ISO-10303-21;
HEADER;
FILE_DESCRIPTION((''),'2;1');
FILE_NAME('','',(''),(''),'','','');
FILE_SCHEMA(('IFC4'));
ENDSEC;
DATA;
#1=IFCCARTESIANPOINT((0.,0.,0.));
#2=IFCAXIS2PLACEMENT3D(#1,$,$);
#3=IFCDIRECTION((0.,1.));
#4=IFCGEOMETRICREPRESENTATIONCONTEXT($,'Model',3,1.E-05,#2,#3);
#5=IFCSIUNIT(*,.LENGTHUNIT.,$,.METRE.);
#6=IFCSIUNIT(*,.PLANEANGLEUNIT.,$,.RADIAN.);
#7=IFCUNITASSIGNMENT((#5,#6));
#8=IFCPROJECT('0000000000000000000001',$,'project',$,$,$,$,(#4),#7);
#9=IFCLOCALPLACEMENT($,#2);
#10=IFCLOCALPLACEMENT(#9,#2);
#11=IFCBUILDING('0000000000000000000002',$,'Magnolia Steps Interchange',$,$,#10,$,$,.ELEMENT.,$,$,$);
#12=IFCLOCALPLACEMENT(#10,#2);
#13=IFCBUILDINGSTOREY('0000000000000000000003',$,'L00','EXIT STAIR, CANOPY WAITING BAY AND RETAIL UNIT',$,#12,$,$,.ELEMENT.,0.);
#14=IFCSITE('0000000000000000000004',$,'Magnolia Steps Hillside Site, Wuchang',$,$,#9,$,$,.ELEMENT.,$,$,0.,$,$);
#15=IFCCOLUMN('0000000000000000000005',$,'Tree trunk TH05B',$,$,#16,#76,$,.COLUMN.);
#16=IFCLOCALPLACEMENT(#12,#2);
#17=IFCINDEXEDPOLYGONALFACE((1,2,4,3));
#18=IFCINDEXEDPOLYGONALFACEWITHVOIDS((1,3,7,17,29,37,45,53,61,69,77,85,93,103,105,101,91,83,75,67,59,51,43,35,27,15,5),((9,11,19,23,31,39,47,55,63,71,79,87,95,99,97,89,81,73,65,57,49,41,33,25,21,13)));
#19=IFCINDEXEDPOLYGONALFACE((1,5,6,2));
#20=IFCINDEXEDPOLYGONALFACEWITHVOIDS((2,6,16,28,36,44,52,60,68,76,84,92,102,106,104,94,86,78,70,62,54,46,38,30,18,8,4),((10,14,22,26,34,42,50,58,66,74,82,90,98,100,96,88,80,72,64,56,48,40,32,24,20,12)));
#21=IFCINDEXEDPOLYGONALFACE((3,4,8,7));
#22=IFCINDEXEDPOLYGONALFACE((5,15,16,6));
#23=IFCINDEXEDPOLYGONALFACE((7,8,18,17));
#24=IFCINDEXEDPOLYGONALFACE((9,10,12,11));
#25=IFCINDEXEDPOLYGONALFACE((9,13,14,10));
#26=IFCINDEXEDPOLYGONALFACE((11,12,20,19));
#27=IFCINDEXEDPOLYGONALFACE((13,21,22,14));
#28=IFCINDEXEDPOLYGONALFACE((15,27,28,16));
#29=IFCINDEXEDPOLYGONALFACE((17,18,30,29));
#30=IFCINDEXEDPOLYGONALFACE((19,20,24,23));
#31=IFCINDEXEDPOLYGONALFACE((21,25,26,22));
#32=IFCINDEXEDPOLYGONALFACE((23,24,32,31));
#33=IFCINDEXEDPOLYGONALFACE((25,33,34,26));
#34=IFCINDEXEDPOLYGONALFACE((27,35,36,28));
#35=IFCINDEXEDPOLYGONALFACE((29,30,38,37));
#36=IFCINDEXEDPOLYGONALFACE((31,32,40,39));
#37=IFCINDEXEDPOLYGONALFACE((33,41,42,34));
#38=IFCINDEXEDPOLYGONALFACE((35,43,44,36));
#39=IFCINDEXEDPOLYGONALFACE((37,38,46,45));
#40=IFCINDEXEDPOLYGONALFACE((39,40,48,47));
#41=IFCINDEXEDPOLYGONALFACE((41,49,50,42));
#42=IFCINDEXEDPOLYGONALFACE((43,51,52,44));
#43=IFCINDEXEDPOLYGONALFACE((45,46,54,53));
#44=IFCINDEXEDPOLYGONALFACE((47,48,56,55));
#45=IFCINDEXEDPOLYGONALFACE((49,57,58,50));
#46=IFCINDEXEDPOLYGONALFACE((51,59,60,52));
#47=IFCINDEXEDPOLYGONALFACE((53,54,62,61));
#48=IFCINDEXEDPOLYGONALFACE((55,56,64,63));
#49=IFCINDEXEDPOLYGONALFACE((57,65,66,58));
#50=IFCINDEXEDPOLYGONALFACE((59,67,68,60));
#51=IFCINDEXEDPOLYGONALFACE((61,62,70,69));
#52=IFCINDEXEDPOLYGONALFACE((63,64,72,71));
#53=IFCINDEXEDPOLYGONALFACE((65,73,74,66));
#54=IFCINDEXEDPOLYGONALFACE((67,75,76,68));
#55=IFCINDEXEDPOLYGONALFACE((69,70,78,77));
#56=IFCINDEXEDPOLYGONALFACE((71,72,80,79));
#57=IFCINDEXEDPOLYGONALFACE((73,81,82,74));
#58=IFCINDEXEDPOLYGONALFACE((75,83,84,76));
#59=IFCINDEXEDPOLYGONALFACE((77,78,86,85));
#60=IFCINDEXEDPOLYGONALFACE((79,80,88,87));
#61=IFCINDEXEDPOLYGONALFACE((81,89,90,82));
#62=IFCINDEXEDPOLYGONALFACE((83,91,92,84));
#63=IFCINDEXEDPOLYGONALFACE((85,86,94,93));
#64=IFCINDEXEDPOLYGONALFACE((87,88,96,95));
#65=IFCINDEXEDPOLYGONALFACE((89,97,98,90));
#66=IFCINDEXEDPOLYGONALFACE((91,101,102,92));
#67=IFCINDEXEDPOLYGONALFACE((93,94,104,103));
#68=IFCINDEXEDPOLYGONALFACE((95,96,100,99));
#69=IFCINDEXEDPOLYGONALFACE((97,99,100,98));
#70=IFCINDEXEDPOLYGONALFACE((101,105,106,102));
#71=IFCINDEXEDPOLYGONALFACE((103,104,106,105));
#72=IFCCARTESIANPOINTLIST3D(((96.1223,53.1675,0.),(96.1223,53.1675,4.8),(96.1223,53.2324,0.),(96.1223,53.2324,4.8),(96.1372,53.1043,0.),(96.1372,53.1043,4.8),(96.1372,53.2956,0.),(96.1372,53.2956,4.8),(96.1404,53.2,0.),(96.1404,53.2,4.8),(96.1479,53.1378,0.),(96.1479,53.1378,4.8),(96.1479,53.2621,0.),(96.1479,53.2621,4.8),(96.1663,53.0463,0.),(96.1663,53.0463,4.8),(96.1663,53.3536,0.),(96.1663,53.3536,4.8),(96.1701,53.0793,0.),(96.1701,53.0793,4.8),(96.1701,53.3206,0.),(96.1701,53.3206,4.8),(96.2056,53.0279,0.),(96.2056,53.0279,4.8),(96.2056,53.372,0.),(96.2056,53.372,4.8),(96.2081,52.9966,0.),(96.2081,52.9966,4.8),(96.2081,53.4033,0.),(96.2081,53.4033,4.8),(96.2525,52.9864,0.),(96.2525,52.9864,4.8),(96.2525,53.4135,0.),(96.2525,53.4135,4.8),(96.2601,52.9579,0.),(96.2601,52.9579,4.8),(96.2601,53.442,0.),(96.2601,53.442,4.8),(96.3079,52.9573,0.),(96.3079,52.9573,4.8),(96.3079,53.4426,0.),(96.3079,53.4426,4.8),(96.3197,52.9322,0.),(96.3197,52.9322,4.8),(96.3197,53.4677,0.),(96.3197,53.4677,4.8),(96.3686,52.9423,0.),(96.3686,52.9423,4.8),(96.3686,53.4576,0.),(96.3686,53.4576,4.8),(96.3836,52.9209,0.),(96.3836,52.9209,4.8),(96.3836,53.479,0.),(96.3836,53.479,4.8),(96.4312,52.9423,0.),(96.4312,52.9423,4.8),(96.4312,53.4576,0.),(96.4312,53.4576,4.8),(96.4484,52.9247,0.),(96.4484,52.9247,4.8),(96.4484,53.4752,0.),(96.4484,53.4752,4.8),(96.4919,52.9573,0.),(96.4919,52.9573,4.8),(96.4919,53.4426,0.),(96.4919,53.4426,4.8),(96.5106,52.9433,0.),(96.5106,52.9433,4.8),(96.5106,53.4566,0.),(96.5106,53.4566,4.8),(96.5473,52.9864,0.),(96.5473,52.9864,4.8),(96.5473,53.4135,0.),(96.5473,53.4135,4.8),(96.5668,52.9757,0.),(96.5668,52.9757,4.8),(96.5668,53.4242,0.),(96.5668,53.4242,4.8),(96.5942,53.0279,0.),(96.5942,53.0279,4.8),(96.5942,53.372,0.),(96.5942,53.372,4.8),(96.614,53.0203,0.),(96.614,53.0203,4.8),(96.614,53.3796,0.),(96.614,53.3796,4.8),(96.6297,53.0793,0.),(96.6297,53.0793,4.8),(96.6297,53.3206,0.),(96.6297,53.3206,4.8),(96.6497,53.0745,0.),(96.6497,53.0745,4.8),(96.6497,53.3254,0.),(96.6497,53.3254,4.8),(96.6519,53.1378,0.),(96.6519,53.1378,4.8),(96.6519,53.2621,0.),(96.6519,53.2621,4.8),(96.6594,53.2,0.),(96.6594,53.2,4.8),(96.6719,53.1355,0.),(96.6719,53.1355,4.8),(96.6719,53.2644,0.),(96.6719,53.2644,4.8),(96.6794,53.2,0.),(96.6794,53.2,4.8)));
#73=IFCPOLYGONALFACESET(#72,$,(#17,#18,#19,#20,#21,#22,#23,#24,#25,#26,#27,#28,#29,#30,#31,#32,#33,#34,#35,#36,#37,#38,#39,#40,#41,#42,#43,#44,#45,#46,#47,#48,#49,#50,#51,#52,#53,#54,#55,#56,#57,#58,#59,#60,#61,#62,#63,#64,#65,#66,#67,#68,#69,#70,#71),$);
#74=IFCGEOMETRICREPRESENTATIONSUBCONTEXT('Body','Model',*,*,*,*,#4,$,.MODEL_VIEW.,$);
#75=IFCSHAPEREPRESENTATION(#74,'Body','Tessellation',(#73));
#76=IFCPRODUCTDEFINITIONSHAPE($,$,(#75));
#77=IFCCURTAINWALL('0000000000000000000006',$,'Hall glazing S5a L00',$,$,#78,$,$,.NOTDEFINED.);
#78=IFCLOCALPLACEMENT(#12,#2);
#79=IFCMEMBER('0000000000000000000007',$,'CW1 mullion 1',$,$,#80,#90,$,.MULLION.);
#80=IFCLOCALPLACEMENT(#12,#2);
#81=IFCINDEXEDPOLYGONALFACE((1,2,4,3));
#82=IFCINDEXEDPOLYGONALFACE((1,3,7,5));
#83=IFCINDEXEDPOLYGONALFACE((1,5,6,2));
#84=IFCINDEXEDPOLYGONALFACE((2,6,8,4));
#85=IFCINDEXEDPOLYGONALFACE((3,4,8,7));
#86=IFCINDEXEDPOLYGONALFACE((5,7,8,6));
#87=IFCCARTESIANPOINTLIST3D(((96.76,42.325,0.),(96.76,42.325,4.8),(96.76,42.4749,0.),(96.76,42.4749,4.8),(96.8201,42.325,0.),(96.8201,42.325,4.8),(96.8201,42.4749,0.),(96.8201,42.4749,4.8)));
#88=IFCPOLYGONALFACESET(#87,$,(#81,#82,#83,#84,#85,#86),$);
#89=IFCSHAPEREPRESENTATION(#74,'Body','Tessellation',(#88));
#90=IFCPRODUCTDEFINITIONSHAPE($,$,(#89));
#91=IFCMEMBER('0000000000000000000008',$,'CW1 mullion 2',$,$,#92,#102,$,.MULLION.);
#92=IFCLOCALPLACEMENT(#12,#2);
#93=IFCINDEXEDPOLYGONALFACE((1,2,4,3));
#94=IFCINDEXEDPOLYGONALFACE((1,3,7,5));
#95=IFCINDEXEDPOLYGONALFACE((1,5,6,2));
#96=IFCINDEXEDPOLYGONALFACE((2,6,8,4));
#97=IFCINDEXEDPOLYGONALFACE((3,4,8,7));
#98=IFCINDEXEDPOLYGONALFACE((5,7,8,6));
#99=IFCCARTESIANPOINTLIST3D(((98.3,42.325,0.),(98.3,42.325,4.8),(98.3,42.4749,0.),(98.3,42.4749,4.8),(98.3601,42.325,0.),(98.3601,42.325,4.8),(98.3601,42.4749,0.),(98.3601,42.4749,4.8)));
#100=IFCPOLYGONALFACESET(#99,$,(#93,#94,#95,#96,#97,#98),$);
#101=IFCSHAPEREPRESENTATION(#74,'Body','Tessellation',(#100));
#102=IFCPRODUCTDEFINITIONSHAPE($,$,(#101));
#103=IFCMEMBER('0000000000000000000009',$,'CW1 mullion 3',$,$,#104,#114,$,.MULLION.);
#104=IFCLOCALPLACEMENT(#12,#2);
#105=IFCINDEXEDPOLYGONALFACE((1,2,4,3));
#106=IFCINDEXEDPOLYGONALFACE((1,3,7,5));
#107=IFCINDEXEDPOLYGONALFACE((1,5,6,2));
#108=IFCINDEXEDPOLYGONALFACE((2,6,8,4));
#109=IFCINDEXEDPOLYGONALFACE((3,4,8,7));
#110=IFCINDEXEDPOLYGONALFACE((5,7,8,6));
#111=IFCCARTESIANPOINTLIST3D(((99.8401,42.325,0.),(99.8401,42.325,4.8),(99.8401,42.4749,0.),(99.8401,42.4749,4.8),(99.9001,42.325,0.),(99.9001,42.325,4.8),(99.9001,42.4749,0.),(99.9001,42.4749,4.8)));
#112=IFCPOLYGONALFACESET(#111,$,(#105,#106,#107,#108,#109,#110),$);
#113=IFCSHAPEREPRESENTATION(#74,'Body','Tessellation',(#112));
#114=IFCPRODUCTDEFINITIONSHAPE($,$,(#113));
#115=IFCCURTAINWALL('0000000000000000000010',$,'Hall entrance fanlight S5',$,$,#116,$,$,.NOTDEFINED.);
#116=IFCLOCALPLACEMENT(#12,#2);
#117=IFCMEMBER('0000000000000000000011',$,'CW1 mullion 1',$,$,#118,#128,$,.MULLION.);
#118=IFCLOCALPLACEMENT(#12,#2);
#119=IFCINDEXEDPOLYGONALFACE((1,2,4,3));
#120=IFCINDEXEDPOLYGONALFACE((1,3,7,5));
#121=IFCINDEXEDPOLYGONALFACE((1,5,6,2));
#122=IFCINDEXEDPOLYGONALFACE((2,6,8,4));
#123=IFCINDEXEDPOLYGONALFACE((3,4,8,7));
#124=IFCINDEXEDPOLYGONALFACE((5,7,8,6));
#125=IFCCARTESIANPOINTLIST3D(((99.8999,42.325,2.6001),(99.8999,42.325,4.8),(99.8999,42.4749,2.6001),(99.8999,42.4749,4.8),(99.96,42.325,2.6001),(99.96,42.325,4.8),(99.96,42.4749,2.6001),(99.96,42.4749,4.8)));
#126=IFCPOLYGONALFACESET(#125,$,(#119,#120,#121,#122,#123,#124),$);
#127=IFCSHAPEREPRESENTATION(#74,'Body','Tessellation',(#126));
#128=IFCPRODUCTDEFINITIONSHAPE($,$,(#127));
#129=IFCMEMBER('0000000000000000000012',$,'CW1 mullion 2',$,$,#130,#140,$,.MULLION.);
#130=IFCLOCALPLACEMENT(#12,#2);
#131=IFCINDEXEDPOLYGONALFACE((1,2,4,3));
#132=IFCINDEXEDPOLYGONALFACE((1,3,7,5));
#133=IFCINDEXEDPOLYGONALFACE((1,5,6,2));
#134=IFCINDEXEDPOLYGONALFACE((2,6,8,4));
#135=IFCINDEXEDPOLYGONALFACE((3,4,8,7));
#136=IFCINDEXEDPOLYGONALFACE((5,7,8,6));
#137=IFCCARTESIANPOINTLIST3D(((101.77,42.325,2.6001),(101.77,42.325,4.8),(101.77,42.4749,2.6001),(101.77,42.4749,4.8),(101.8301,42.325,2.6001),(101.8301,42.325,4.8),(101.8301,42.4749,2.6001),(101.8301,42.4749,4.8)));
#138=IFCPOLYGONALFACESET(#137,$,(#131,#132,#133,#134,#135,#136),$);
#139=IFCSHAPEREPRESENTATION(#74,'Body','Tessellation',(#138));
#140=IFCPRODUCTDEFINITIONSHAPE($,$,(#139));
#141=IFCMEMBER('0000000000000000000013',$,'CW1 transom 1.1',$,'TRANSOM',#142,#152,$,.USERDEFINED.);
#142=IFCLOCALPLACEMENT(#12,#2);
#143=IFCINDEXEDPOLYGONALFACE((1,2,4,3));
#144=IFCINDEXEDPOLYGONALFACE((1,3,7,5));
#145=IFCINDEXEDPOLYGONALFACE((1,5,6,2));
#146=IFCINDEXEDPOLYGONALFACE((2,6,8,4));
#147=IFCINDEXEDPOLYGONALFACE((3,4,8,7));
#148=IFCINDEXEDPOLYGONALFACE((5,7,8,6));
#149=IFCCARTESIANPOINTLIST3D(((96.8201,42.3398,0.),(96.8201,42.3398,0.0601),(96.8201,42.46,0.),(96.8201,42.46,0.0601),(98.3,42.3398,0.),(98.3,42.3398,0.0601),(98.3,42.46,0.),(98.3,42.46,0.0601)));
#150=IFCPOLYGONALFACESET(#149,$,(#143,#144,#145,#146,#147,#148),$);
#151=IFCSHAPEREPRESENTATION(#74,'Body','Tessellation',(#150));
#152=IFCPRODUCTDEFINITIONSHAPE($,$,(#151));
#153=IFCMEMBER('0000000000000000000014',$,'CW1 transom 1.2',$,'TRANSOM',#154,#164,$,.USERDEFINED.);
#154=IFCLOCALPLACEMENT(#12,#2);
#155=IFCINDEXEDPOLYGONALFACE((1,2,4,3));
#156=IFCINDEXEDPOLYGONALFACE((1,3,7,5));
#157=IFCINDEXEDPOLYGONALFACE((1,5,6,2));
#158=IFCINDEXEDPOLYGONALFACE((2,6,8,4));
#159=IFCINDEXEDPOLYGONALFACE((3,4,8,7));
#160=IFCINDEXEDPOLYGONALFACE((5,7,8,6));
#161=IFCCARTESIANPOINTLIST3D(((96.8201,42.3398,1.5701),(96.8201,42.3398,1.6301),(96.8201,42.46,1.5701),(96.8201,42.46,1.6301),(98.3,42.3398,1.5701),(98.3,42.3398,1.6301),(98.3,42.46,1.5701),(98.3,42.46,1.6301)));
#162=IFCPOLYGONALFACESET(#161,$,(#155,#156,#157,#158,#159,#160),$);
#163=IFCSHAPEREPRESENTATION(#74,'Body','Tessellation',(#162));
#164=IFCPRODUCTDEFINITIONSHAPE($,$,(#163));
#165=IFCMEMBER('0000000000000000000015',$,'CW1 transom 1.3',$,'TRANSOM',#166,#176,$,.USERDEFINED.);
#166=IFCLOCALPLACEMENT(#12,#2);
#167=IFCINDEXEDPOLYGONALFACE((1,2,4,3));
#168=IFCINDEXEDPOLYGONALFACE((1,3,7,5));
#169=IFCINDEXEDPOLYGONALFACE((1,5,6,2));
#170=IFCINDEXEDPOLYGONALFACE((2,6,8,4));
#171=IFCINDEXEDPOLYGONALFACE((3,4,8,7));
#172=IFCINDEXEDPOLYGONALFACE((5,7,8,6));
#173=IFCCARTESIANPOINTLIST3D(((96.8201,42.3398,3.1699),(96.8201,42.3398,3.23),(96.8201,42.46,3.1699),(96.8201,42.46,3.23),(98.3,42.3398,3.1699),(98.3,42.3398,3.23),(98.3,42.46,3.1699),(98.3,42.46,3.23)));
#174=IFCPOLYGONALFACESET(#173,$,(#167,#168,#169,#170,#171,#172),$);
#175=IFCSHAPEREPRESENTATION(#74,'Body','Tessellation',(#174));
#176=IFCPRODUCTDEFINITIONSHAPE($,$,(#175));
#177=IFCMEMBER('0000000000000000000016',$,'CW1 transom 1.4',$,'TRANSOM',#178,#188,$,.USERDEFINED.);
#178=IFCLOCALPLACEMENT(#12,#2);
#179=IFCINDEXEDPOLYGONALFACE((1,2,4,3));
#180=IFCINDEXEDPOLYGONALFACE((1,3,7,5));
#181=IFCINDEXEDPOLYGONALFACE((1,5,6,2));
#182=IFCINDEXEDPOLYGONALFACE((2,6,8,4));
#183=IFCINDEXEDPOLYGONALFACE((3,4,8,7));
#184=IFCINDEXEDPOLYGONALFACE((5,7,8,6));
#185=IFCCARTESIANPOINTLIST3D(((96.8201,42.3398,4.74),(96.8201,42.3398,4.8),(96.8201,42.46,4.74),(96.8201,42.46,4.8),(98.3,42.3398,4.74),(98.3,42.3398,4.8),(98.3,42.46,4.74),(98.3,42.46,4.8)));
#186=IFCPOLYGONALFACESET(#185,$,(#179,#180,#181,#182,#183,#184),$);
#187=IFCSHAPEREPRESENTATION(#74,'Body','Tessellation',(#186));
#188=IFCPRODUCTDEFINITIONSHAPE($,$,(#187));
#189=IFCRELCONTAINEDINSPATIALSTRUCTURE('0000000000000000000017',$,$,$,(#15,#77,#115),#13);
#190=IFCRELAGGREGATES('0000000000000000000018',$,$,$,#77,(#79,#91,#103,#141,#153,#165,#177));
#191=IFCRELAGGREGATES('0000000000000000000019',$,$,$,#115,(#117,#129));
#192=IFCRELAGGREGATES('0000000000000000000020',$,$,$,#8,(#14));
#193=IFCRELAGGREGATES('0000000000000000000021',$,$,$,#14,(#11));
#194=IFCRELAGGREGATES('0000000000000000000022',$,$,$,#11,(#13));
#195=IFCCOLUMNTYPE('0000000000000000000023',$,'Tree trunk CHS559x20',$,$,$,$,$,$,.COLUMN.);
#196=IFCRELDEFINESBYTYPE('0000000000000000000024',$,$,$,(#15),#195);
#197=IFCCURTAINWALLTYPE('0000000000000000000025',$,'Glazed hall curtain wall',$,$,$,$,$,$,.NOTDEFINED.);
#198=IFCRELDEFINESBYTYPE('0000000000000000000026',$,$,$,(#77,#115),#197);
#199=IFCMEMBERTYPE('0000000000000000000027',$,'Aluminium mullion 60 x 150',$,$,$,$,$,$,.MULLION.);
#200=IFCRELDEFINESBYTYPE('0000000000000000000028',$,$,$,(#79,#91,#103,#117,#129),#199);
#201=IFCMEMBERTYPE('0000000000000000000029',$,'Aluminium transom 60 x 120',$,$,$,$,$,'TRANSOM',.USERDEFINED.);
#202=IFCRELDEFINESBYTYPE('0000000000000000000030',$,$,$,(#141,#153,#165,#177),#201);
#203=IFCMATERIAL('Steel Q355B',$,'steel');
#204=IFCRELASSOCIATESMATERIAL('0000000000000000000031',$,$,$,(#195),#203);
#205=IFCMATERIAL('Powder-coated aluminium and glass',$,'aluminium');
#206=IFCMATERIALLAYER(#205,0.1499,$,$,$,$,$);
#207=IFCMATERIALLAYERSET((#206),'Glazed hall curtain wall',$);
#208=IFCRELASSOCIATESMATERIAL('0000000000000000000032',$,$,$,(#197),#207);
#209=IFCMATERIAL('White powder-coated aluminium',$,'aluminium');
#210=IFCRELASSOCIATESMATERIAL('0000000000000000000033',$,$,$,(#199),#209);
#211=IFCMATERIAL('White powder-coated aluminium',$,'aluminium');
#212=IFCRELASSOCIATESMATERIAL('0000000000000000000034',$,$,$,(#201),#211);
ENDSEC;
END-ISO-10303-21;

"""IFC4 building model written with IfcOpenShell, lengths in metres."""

from ifc_helpers import new_model, si_unit, direction, frame, origin, origin_2d, place, context, subcontext, project, spatial, rectangle, hollow_circle, extrude, material, layer, layer_set, material_profile, profile_set, type_object, element, aggregate, save


model = new_model("IFC4")

# Units and contexts
model_context = context("Model", 3, precision=1e-05, world=origin(), true_north=direction((0.0, 1.0)))
body_context = subcontext(model_context, "Body", "Model", "MODEL_VIEW")
ifc_project = project(units=[si_unit("LENGTHUNIT", "METRE"), si_unit("PLANEANGLEUNIT", "RADIAN")], contexts=[model_context])

# Site, building, storey
site_placement = place(None, origin())
site = spatial("IfcSite", under=ifc_project, at=site_placement, Name="Magnolia Steps Hillside Site, Wuchang", CompositionType="ELEMENT", RefElevation=0.0)
building_placement = place(site_placement, origin())
building = spatial("IfcBuilding", under=site, at=building_placement, Name="Magnolia Steps Interchange", CompositionType="ELEMENT")
storey_placement = place(building_placement, origin())
storey = spatial("IfcBuildingStorey", under=building, at=storey_placement, Name="L00", Description="EXIT STAIR, CANOPY WAITING BAY AND RETAIL UNIT", CompositionType="ELEMENT", Elevation=0.0)

# Column
ifc_material_1 = material(Name="Steel Q355B", Category="steel")
ifc_material_profile_1 = material_profile(ifc_material_1, hollow_circle(Radius=0.2795, WallThickness=0.02, at=origin_2d()), Name="CHS559x20")
ifc_profile_set_1 = profile_set([ifc_material_profile_1], Name="Steel Q355B")
column_type = type_object("IfcColumnType", Name="Tree trunk CHS559x20", PredefinedType="COLUMN", material=ifc_profile_set_1)
column_placement = place(storey_placement, frame((96.3999, 53.2, 0.0), z_axis=(0.0, 0.0, 1.0), x_axis=(1.0, 0.0, 0.0)))
element("IfcColumn", 1, at=column_placement, inside=storey, type_object=column_type, Name="Tree trunk TH05B", PredefinedType="COLUMN", context=body_context, shape_type="SweptSolid", body=[
    extrude(hollow_circle(Radius=0.2795, WallThickness=0.02, at=origin_2d()), origin(), (0.0, 0.0, 1.0), 4.8),
])

# Curtain walls, members
ifc_material_2 = material(Name="Powder-coated aluminium and glass", Category="aluminium")
ifc_layer_1 = layer(ifc_material_2, 0.1499)
ifc_layer_set_1 = layer_set([ifc_layer_1], Name="Glazed hall curtain wall")
curtain_wall_type = type_object("IfcCurtainWallType", Name="Glazed hall curtain wall", PredefinedType="NOTDEFINED", material=ifc_layer_set_1)
curtain_wall_1_placement = place(storey_placement, origin())
curtain_wall_1 = element("IfcCurtainWall", 2, at=curtain_wall_1_placement, inside=storey, type_object=curtain_wall_type, Name="Hall glazing S5a L00", PredefinedType="NOTDEFINED")
ifc_material_3 = material(Name="White powder-coated aluminium", Category="aluminium")
ifc_material_profile_2 = material_profile(ifc_material_3, rectangle(XDim=0.0601, YDim=0.1499, at=origin_2d()), Name="Aluminium mullion 60 x 150")
ifc_profile_set_2 = profile_set([ifc_material_profile_2], Name="White powder-coated aluminium")
member_type_1 = type_object("IfcMemberType", Name="Aluminium mullion 60 x 150", PredefinedType="MULLION", material=ifc_profile_set_2)
member_1_placement = place(storey_placement, frame((96.79, 42.3999, 0.0), z_axis=(0.0, 0.0, 1.0), x_axis=(1.0, 0.0, 0.0)))
member_1 = element("IfcMember", 3, at=member_1_placement, type_object=member_type_1, Name="CW1 mullion 1", PredefinedType="MULLION", context=body_context, shape_type="SweptSolid", body=[
    extrude(rectangle(XDim=0.0601, YDim=0.1499, at=origin_2d()), origin(), (0.0, 0.0, 1.0), 4.8),
])
member_2_placement = place(storey_placement, frame((98.3301, 42.3999, 0.0), z_axis=(0.0, 0.0, 1.0), x_axis=(1.0, 0.0, 0.0)))
member_2 = element("IfcMember", 4, at=member_2_placement, type_object=member_type_1, Name="CW1 mullion 2", PredefinedType="MULLION", context=body_context, shape_type="SweptSolid", body=[
    extrude(rectangle(XDim=0.0601, YDim=0.1499, at=origin_2d()), origin(), (0.0, 0.0, 1.0), 4.8),
])
member_3_placement = place(storey_placement, frame((99.8701, 42.3999, 0.0), z_axis=(0.0, 0.0, 1.0), x_axis=(1.0, 0.0, 0.0)))
member_3 = element("IfcMember", 5, at=member_3_placement, type_object=member_type_1, Name="CW1 mullion 3", PredefinedType="MULLION", context=body_context, shape_type="SweptSolid", body=[
    extrude(rectangle(XDim=0.0601, YDim=0.1499, at=origin_2d()), origin(), (0.0, 0.0, 1.0), 4.8),
])
curtain_wall_2_placement = place(storey_placement, origin())
curtain_wall_2 = element("IfcCurtainWall", 6, at=curtain_wall_2_placement, inside=storey, type_object=curtain_wall_type, Name="Hall entrance fanlight S5", PredefinedType="NOTDEFINED")
member_4_placement = place(storey_placement, frame((99.9299, 42.3999, 2.6001), z_axis=(0.0, 0.0, 1.0), x_axis=(1.0, 0.0, 0.0)))
member_4 = element("IfcMember", 7, at=member_4_placement, type_object=member_type_1, Name="CW1 mullion 1", PredefinedType="MULLION", context=body_context, shape_type="SweptSolid", body=[
    extrude(rectangle(XDim=0.0601, YDim=0.1499, at=origin_2d()), origin(), (0.0, 0.0, 1.0), 2.2),
])
member_5_placement = place(storey_placement, frame((101.8, 42.3999, 2.6001), z_axis=(0.0, 0.0, 1.0), x_axis=(1.0, 0.0, 0.0)))
member_5 = element("IfcMember", 8, at=member_5_placement, type_object=member_type_1, Name="CW1 mullion 2", PredefinedType="MULLION", context=body_context, shape_type="SweptSolid", body=[
    extrude(rectangle(XDim=0.0601, YDim=0.1499, at=origin_2d()), origin(), (0.0, 0.0, 1.0), 2.2),
])

# Members
ifc_material_4 = material(Name="White powder-coated aluminium", Category="aluminium")
ifc_material_profile_3 = material_profile(ifc_material_4, rectangle(XDim=0.0601, YDim=0.1201, at=origin_2d()), Name="Aluminium transom 60 x 120")
ifc_profile_set_3 = profile_set([ifc_material_profile_3], Name="White powder-coated aluminium")
member_type_2 = type_object("IfcMemberType", Name="Aluminium transom 60 x 120", ElementType="TRANSOM", PredefinedType="USERDEFINED", material=ifc_profile_set_3)
member_6_placement = place(storey_placement, frame((96.8201, 42.3999, 0.03), z_axis=(1.0, 0.0, 0.0), x_axis=(0.0, 0.0, 1.0)))
member_6 = element("IfcMember", 9, at=member_6_placement, type_object=member_type_2, Name="CW1 transom 1.1", ObjectType="TRANSOM", PredefinedType="USERDEFINED", context=body_context, shape_type="SweptSolid", body=[
    extrude(rectangle(XDim=0.0601, YDim=0.1201, at=origin_2d()), origin(), (0.0, 0.0, 1.0), 1.48),
])
member_7_placement = place(storey_placement, frame((96.8201, 42.3999, 1.6001), z_axis=(1.0, 0.0, 0.0), x_axis=(0.0, 0.0, 1.0)))
member_7 = element("IfcMember", 10, at=member_7_placement, type_object=member_type_2, Name="CW1 transom 1.2", ObjectType="TRANSOM", PredefinedType="USERDEFINED", context=body_context, shape_type="SweptSolid", body=[
    extrude(rectangle(XDim=0.0601, YDim=0.1201, at=origin_2d()), origin(), (0.0, 0.0, 1.0), 1.48),
])
member_8_placement = place(storey_placement, frame((96.8201, 42.3999, 3.2), z_axis=(1.0, 0.0, 0.0), x_axis=(0.0, 0.0, 1.0)))
member_8 = element("IfcMember", 11, at=member_8_placement, type_object=member_type_2, Name="CW1 transom 1.3", ObjectType="TRANSOM", PredefinedType="USERDEFINED", context=body_context, shape_type="SweptSolid", body=[
    extrude(rectangle(XDim=0.0601, YDim=0.1201, at=origin_2d()), origin(), (0.0, 0.0, 1.0), 1.48),
])
member_9_placement = place(storey_placement, frame((96.8201, 42.3999, 4.77), z_axis=(1.0, 0.0, 0.0), x_axis=(0.0, 0.0, 1.0)))
member_9 = element("IfcMember", 12, at=member_9_placement, type_object=member_type_2, Name="CW1 transom 1.4", ObjectType="TRANSOM", PredefinedType="USERDEFINED", context=body_context, shape_type="SweptSolid", body=[
    extrude(rectangle(XDim=0.0601, YDim=0.1201, at=origin_2d()), origin(), (0.0, 0.0, 1.0), 1.48),
])

aggregate(curtain_wall_1, [member_1, member_2, member_3, member_6, member_7, member_8, member_9])
aggregate(curtain_wall_2, [member_4, member_5])

save(model, "model.ifc")
